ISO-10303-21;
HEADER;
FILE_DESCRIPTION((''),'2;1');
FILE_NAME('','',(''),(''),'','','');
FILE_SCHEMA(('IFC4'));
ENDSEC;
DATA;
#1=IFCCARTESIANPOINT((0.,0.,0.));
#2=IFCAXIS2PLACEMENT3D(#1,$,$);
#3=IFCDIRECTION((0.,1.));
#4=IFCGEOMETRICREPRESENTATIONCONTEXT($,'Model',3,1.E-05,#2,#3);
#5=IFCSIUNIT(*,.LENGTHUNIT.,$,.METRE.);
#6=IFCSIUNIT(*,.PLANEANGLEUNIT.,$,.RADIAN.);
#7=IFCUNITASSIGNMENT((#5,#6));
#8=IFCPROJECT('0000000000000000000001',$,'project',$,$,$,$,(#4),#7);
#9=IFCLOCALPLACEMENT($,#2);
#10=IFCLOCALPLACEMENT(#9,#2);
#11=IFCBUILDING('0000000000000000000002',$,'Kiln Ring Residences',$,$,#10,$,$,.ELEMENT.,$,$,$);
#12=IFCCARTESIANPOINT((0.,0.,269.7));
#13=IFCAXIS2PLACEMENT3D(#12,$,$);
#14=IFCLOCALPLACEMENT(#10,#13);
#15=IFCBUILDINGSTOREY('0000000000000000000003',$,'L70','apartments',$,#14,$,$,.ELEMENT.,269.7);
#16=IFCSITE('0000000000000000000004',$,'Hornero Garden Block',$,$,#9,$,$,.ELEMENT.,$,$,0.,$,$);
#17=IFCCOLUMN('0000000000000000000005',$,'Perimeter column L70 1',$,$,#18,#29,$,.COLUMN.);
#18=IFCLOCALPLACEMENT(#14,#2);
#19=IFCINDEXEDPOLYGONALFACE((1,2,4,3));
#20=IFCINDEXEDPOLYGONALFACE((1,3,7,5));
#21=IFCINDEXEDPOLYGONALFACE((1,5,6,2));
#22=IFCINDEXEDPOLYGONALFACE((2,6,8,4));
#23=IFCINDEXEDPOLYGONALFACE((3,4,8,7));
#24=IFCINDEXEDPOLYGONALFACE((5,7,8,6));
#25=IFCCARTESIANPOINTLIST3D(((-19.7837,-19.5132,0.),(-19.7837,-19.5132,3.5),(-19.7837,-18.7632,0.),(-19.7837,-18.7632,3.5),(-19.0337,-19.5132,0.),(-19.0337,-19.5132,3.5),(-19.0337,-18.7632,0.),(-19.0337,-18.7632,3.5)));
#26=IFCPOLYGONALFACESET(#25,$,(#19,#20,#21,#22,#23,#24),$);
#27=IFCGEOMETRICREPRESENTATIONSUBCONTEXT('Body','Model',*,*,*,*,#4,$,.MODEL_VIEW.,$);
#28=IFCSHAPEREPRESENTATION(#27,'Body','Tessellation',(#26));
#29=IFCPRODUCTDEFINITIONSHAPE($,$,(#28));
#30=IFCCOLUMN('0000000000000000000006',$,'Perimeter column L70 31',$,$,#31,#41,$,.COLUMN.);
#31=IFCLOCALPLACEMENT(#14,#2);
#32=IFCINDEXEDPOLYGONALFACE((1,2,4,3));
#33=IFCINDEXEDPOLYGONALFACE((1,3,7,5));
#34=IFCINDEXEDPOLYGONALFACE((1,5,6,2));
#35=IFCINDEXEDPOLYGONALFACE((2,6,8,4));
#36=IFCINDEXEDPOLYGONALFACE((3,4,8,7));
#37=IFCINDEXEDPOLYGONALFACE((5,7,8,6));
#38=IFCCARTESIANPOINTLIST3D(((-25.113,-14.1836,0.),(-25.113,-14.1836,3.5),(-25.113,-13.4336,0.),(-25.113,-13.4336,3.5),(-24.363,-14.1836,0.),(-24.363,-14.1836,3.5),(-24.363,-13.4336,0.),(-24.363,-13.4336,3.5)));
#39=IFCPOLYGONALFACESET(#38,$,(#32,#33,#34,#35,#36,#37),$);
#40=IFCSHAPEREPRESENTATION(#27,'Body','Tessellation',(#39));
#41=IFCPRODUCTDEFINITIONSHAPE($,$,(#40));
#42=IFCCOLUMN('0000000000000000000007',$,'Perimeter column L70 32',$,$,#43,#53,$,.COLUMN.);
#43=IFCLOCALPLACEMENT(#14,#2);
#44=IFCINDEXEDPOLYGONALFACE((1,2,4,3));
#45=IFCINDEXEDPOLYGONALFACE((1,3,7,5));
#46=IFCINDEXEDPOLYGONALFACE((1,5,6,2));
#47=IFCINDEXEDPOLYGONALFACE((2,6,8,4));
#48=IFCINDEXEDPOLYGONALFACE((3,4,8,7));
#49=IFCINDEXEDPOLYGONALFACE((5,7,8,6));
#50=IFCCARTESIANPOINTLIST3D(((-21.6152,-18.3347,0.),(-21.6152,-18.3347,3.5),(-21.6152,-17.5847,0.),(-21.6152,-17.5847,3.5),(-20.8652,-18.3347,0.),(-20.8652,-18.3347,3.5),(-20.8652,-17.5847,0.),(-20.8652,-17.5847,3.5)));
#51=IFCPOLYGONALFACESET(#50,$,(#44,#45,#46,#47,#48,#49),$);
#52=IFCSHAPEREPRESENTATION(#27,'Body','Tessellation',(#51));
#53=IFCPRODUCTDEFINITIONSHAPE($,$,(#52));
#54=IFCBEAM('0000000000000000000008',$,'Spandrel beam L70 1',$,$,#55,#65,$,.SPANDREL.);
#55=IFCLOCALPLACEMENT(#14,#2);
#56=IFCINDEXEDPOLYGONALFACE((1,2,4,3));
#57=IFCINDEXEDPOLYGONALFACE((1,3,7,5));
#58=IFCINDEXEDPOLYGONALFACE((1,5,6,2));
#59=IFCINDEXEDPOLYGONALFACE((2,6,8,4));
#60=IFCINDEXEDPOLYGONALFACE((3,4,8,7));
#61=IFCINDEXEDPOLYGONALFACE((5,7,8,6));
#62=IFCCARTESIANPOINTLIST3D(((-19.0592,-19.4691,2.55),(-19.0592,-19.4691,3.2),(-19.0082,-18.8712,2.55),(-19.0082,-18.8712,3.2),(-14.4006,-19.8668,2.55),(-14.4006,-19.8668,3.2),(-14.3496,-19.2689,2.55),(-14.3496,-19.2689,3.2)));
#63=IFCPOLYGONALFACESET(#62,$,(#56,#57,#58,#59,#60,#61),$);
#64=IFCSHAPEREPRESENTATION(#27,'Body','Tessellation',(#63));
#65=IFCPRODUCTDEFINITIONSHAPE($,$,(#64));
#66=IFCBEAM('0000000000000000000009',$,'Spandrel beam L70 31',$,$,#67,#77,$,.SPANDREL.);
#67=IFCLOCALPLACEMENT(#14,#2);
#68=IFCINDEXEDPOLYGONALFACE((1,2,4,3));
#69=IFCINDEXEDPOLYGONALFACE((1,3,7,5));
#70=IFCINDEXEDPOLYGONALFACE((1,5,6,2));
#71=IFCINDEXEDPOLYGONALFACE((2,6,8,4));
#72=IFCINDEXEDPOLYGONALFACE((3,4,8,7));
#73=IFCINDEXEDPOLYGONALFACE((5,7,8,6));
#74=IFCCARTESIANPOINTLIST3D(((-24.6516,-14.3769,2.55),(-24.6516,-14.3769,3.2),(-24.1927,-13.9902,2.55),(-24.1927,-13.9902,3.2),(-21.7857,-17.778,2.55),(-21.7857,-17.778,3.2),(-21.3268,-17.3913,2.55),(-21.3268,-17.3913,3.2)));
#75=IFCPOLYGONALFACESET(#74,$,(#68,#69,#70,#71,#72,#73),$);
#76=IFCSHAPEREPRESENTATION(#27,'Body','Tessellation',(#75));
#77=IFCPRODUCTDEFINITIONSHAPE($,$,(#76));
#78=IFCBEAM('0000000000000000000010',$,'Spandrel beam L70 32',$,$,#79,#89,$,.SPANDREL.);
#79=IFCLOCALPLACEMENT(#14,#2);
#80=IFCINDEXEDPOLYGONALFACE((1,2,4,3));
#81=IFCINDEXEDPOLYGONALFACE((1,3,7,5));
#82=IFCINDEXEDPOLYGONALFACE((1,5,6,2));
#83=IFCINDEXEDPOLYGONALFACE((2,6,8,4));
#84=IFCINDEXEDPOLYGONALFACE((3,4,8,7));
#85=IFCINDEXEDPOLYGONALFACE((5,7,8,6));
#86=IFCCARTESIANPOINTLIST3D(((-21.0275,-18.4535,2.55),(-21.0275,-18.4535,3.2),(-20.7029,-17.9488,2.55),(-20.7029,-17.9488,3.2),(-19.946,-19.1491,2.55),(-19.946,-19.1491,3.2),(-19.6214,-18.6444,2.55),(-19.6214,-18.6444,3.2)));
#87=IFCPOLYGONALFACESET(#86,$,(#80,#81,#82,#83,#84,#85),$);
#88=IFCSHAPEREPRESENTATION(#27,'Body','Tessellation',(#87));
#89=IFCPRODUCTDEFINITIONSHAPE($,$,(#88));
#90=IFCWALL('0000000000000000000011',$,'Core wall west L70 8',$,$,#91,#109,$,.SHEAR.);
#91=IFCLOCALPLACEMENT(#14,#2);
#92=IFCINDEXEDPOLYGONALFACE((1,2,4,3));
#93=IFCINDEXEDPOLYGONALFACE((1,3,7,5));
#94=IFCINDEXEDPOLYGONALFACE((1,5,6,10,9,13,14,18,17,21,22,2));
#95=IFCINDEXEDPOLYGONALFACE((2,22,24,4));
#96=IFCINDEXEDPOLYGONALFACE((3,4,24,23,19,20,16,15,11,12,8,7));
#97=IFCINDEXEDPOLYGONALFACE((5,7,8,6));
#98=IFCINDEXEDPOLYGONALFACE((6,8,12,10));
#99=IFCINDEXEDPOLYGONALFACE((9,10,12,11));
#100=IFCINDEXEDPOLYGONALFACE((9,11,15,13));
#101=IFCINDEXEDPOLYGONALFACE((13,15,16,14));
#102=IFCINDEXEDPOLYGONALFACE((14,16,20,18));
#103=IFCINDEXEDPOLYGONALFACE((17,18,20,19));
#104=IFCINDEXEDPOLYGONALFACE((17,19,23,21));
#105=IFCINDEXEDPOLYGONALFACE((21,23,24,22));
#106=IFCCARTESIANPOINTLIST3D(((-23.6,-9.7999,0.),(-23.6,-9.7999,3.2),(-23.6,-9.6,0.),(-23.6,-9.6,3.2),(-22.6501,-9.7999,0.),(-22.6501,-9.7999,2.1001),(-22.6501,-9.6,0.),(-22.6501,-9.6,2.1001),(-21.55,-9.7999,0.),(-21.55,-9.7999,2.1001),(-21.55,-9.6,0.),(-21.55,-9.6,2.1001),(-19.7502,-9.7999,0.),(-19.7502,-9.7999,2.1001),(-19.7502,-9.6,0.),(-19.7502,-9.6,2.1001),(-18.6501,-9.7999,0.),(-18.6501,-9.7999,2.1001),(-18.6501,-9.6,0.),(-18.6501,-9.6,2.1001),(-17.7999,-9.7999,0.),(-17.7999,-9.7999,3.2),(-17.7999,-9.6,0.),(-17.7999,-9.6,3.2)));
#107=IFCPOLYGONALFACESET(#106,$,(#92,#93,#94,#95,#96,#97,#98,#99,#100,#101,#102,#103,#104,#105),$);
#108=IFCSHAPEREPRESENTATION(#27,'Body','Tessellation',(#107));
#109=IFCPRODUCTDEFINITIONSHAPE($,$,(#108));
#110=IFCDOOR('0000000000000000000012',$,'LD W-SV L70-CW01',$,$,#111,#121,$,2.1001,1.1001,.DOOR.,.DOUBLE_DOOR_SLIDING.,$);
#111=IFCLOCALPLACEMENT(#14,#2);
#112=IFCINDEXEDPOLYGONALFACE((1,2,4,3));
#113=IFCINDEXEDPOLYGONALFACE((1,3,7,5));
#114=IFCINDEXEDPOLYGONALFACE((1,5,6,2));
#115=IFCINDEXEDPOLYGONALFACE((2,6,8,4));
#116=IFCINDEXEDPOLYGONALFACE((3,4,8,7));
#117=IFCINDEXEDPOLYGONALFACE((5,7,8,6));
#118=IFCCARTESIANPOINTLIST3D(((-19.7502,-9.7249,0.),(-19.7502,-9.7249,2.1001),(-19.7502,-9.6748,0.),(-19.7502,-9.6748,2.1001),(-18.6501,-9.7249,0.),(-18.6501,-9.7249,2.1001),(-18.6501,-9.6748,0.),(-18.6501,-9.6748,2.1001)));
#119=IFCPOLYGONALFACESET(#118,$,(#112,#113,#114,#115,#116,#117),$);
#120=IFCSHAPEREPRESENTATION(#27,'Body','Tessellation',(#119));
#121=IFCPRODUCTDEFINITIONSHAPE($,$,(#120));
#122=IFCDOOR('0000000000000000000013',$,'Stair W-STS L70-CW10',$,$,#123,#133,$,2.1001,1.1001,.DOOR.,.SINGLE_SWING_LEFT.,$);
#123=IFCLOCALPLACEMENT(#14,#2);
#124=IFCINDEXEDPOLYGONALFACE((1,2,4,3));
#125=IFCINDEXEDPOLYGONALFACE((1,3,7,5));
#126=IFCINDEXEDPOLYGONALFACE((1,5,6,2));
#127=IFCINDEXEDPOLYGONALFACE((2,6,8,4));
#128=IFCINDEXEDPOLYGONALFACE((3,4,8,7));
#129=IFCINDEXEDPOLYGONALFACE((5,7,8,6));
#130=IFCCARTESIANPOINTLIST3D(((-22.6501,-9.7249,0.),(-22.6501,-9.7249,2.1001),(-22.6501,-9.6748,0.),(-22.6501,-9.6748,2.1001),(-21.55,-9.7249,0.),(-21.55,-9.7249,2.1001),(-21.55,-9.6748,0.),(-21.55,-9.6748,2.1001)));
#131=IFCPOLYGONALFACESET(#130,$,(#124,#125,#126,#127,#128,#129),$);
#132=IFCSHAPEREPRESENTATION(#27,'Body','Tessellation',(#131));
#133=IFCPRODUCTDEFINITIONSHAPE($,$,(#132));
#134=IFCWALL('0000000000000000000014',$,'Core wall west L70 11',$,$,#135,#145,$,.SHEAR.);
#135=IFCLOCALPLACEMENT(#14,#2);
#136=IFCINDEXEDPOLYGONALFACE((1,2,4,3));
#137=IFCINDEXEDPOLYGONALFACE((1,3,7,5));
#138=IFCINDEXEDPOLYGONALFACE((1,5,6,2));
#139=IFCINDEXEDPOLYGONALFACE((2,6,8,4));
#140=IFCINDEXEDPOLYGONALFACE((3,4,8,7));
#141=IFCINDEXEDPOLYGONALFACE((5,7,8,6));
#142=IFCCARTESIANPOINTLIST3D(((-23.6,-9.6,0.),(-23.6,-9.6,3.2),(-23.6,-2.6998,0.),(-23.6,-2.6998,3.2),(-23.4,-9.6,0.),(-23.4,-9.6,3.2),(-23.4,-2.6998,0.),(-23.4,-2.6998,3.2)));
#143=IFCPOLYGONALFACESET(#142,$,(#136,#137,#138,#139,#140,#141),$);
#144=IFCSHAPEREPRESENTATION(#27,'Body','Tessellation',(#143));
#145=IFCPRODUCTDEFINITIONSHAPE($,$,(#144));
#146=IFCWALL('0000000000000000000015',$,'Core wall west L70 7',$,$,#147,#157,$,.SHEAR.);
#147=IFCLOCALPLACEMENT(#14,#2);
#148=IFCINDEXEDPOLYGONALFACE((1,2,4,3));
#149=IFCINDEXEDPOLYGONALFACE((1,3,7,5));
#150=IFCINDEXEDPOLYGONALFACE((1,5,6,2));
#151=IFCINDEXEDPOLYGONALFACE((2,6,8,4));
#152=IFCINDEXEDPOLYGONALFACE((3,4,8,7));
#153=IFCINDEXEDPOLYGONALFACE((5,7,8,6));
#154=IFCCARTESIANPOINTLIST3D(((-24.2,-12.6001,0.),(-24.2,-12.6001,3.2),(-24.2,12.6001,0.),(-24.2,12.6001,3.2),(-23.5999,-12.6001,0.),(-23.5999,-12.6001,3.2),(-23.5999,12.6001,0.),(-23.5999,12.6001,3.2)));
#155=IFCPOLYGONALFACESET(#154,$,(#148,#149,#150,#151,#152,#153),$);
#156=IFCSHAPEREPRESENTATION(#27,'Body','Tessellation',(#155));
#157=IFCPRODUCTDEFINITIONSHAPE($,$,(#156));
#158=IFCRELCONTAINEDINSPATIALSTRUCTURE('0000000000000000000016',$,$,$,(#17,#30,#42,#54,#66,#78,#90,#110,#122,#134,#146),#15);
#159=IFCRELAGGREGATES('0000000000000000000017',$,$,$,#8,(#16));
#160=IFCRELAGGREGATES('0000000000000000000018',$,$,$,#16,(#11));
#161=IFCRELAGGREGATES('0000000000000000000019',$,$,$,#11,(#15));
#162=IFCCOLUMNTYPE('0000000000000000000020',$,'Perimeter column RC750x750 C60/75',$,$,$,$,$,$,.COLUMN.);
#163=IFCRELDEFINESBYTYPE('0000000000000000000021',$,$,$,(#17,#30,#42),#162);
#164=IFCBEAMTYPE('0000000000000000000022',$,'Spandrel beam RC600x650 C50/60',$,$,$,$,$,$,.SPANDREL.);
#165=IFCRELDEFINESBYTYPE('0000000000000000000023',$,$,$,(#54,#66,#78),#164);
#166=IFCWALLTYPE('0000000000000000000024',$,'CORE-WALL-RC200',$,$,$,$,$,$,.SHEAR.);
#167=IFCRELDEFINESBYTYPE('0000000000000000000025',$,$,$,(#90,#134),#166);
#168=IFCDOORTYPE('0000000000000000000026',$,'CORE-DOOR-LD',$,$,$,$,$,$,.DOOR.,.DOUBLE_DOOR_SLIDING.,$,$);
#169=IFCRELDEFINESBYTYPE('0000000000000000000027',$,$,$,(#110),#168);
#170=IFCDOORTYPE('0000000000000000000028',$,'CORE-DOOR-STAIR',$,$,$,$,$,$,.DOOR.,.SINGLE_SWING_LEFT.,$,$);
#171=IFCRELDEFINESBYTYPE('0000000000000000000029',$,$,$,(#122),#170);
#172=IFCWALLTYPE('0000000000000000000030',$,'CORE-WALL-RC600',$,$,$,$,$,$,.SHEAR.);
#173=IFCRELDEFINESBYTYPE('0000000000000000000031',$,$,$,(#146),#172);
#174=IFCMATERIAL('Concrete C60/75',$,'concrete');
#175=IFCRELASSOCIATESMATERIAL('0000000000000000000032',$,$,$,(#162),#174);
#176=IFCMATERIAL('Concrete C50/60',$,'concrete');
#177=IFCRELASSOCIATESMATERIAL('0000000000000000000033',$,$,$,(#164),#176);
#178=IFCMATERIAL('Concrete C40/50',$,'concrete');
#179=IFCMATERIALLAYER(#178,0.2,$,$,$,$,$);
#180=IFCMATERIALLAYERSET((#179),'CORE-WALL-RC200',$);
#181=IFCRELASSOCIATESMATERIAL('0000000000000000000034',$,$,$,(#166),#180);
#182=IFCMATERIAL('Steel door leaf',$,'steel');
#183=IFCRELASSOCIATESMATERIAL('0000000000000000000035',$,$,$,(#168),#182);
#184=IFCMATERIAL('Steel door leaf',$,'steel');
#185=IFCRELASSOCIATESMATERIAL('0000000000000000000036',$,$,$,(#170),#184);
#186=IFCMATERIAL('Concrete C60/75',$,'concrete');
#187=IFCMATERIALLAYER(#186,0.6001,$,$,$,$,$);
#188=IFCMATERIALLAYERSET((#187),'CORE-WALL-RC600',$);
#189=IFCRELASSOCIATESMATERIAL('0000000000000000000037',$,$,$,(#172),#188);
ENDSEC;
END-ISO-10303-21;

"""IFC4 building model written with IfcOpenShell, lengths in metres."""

from ifc_helpers import new_model, si_unit, direction, frame, frame_2d, origin, origin_2d, place, context, subcontext, project, spatial, rectangle, extrude, material, layer, layer_set, material_profile, profile_set, type_object, element, fill, save


model = new_model("IFC4")

# Units and contexts
model_context = context("Model", 3, precision=1e-05, world=origin(), true_north=direction((0.0, 1.0)))
body_context = subcontext(model_context, "Body", "Model", "MODEL_VIEW")
ifc_project = project(units=[si_unit("LENGTHUNIT", "METRE"), si_unit("PLANEANGLEUNIT", "RADIAN")], contexts=[model_context])

# Site, building, storey
site_placement = place(None, origin())
site = spatial("IfcSite", under=ifc_project, at=site_placement, Name="Hornero Garden Block", CompositionType="ELEMENT", RefElevation=0.0)
building_placement = place(site_placement, origin())
building = spatial("IfcBuilding", under=site, at=building_placement, Name="Kiln Ring Residences", CompositionType="ELEMENT")
storey_placement = place(building_placement, frame((0.0, 0.0, 269.7)))
storey = spatial("IfcBuildingStorey", under=building, at=storey_placement, Name="L70", Description="apartments", CompositionType="ELEMENT", Elevation=269.7)

# Columns
ifc_material_1 = material(Name="Concrete C60/75", Category="concrete")
ifc_material_profile_1 = material_profile(ifc_material_1, rectangle(XDim=0.75, YDim=0.75, at=origin_2d()), Name="RC750x750")
ifc_profile_set_1 = profile_set([ifc_material_profile_1], Name="Concrete C60/75")
column_type = type_object("IfcColumnType", Name="Perimeter column RC750x750 C60/75", PredefinedType="COLUMN", material=ifc_profile_set_1)
for number, where, z_axis, x_axis, name in (
    (1, (-19.4087, -19.1382, 0.0), (0.0, 0.0, 1.0), (1.0, 0.0, 0.0), "Perimeter column L70 1"),
    (2, (-24.738, -13.8086, 0.0), (0.0, 0.0, 1.0), (1.0, 0.0, 0.0), "Perimeter column L70 31"),
    (3, (-21.2402, -17.9597, 0.0), (0.0, 0.0, 1.0), (1.0, 0.0, 0.0), "Perimeter column L70 32"),
):
    element("IfcColumn", number, at=place(storey_placement, frame(where, z_axis=z_axis, x_axis=x_axis)), inside=storey, type_object=column_type, Name=name, PredefinedType="COLUMN", context=body_context, shape_type="SweptSolid", body=[
        extrude(rectangle(XDim=0.75, YDim=0.75, at=origin_2d()), origin(), (0.0, 0.0, 1.0), 3.5),
    ])

# Beams
ifc_material_2 = material(Name="Concrete C50/60", Category="concrete")
ifc_material_profile_2 = material_profile(ifc_material_2, rectangle(XDim=0.6001, YDim=0.6499, at=origin_2d()), Name="RC600x650")
ifc_profile_set_2 = profile_set([ifc_material_profile_2], Name="Concrete C50/60")
beam_type = type_object("IfcBeamType", Name="Spandrel beam RC600x650 C50/60", PredefinedType="SPANDREL", material=ifc_profile_set_2)
beam_1_placement = place(storey_placement, frame((-19.0337, -19.1702, 2.875), z_axis=(0.996376, -0.085059, 0.0), x_axis=(0.085059, 0.996376, 0.0)))
element("IfcBeam", 4, at=beam_1_placement, inside=storey, type_object=beam_type, Name="Spandrel beam L70 1", PredefinedType="SPANDREL", context=body_context, shape_type="SweptSolid", body=[
    extrude(rectangle(XDim=0.6001, YDim=0.6499, at=origin_2d()), origin(), (0.0, 0.0, 1.0), 4.6755),
])
beam_2_placement = place(storey_placement, frame((-24.4221, -14.1836, 2.875), z_axis=(0.644381, -0.764705, 0.0), x_axis=(0.764705, 0.644381, 0.0)))
element("IfcBeam", 5, at=beam_2_placement, inside=storey, type_object=beam_type, Name="Spandrel beam L70 31", PredefinedType="SPANDREL", context=body_context, shape_type="SweptSolid", body=[
    extrude(rectangle(XDim=0.6001, YDim=0.6499, at=origin_2d()), origin(), (0.0, 0.0, 1.0), 4.4475),
])
beam_3_placement = place(storey_placement, frame((-20.8652, -18.2012, 2.875), z_axis=(0.84108, -0.540911, 0.0), x_axis=(0.540911, 0.84108, 0.0)))
element("IfcBeam", 6, at=beam_3_placement, inside=storey, type_object=beam_type, Name="Spandrel beam L70 32", PredefinedType="SPANDREL", context=body_context, shape_type="SweptSolid", body=[
    extrude(rectangle(XDim=0.6001, YDim=0.6499, at=origin_2d()), origin(), (0.0, 0.0, 1.0), 1.2859),
])

# Wall, openings, doors
ifc_material_3 = material(Name="Concrete C40/50", Category="concrete")
ifc_layer_1 = layer(ifc_material_3, 0.2)
ifc_layer_set_1 = layer_set([ifc_layer_1], Name="CORE-WALL-RC200")
wall_type_1 = type_object("IfcWallType", Name="CORE-WALL-RC200", PredefinedType="SHEAR", material=ifc_layer_set_1)
wall_1_placement = place(storey_placement, frame((-17.8, -9.7, 0.0), z_axis=(0.0, 0.0, 1.0), x_axis=(-1.0, 0.0, 0.0)))
wall_1 = element("IfcWall", 7, at=wall_1_placement, inside=storey, type_object=wall_type_1, Name="Core wall west L70 8", PredefinedType="SHEAR", context=body_context, shape_type="SweptSolid", body=[
    extrude(rectangle(XDim=5.8, YDim=0.2, at=frame_2d((2.8999, 0.0))), origin(), (0.0, 0.0, 1.0), 3.2),
])
opening_1_placement = place(wall_1_placement, frame((0.8501, 0.0, 0.0)))
opening_1 = element("IfcOpeningElement", 8, at=opening_1_placement, cuts=wall_1, PredefinedType="OPENING", context=body_context, shape_type="SweptSolid", body=[
    extrude(rectangle(XDim=1.1001, YDim=2.1001, at=frame_2d((0.55, 1.05))), frame((0.0, 0.1099, 0.0), z_axis=(0.0, -1.0, 0.0), x_axis=(1.0, 0.0, 0.0)), (0.0, 0.0, 1.0), 0.22),
])
opening_2_placement = place(wall_1_placement, frame((3.75, 0.0, 0.0)))
opening_2 = element("IfcOpeningElement", 9, at=opening_2_placement, cuts=wall_1, PredefinedType="OPENING", context=body_context, shape_type="SweptSolid", body=[
    extrude(rectangle(XDim=1.1001, YDim=2.1001, at=frame_2d((0.55, 1.05))), frame((0.0, 0.1099, 0.0), z_axis=(0.0, -1.0, 0.0), x_axis=(1.0, 0.0, 0.0)), (0.0, 0.0, 1.0), 0.22),
])
ifc_material_4 = material(Name="Steel door leaf", Category="steel")
door_type_1 = type_object("IfcDoorType", Name="CORE-DOOR-LD", OperationType="DOUBLE_DOOR_SLIDING", PredefinedType="DOOR", material=ifc_material_4)
door_1_placement = place(opening_1_placement, origin())
door_1 = element("IfcDoor", 10, at=door_1_placement, inside=storey, type_object=door_type_1, Name="LD W-SV L70-CW01", OperationType="DOUBLE_DOOR_SLIDING", OverallHeight=2.1001, OverallWidth=1.1001, PredefinedType="DOOR", context=body_context, shape_type="SweptSolid", body=[
    extrude(rectangle(XDim=1.1001, YDim=2.1001, at=frame_2d((0.55, 1.05))), frame((0.0, 0.0249, 0.0), z_axis=(0.0, -1.0, 0.0), x_axis=(1.0, 0.0, 0.0)), (0.0, 0.0, 1.0), 0.05),
])
fill(opening_1, door_1)
ifc_material_5 = material(Name="Steel door leaf", Category="steel")
door_type_2 = type_object("IfcDoorType", Name="CORE-DOOR-STAIR", OperationType="SINGLE_SWING_LEFT", PredefinedType="DOOR", material=ifc_material_5)
door_2_placement = place(opening_2_placement, origin())
door_2 = element("IfcDoor", 11, at=door_2_placement, inside=storey, type_object=door_type_2, Name="Stair W-STS L70-CW10", OperationType="SINGLE_SWING_LEFT", OverallHeight=2.1001, OverallWidth=1.1001, PredefinedType="DOOR", context=body_context, shape_type="SweptSolid", body=[
    extrude(rectangle(XDim=1.1001, YDim=2.1001, at=frame_2d((0.55, 1.05))), frame((0.0, 0.0249, 0.0), z_axis=(0.0, -1.0, 0.0), x_axis=(1.0, 0.0, 0.0)), (0.0, 0.0, 1.0), 0.05),
])
fill(opening_2, door_2)

# Walls
wall_2_placement = place(storey_placement, frame((-23.5, -9.6001, 0.0), z_axis=(0.0, 0.0, 1.0), x_axis=(0.0, 1.0, 0.0)))
element("IfcWall", 12, at=wall_2_placement, inside=storey, type_object=wall_type_1, Name="Core wall west L70 11", PredefinedType="SHEAR", context=body_context, shape_type="SweptSolid", body=[
    extrude(rectangle(XDim=6.9001, YDim=0.2, at=frame_2d((3.4502, 0.0))), origin(), (0.0, 0.0, 1.0), 3.2),
])
ifc_material_6 = material(Name="Concrete C60/75", Category="concrete")
ifc_layer_2 = layer(ifc_material_6, 0.6001)
ifc_layer_set_2 = layer_set([ifc_layer_2], Name="CORE-WALL-RC600")
wall_type_2 = type_object("IfcWallType", Name="CORE-WALL-RC600", PredefinedType="SHEAR", material=ifc_layer_set_2)
wall_3_placement = place(storey_placement, frame((-23.8999, -12.6001, 0.0), z_axis=(0.0, 0.0, 1.0), x_axis=(0.0, 1.0, 0.0)))
element("IfcWall", 13, at=wall_3_placement, inside=storey, type_object=wall_type_2, Name="Core wall west L70 7", PredefinedType="SHEAR", context=body_context, shape_type="SweptSolid", body=[
    extrude(rectangle(XDim=25.2002, YDim=0.6001, at=frame_2d((12.6001, 0.0))), origin(), (0.0, 0.0, 1.0), 3.2),
])

save(model, "model.ifc")
